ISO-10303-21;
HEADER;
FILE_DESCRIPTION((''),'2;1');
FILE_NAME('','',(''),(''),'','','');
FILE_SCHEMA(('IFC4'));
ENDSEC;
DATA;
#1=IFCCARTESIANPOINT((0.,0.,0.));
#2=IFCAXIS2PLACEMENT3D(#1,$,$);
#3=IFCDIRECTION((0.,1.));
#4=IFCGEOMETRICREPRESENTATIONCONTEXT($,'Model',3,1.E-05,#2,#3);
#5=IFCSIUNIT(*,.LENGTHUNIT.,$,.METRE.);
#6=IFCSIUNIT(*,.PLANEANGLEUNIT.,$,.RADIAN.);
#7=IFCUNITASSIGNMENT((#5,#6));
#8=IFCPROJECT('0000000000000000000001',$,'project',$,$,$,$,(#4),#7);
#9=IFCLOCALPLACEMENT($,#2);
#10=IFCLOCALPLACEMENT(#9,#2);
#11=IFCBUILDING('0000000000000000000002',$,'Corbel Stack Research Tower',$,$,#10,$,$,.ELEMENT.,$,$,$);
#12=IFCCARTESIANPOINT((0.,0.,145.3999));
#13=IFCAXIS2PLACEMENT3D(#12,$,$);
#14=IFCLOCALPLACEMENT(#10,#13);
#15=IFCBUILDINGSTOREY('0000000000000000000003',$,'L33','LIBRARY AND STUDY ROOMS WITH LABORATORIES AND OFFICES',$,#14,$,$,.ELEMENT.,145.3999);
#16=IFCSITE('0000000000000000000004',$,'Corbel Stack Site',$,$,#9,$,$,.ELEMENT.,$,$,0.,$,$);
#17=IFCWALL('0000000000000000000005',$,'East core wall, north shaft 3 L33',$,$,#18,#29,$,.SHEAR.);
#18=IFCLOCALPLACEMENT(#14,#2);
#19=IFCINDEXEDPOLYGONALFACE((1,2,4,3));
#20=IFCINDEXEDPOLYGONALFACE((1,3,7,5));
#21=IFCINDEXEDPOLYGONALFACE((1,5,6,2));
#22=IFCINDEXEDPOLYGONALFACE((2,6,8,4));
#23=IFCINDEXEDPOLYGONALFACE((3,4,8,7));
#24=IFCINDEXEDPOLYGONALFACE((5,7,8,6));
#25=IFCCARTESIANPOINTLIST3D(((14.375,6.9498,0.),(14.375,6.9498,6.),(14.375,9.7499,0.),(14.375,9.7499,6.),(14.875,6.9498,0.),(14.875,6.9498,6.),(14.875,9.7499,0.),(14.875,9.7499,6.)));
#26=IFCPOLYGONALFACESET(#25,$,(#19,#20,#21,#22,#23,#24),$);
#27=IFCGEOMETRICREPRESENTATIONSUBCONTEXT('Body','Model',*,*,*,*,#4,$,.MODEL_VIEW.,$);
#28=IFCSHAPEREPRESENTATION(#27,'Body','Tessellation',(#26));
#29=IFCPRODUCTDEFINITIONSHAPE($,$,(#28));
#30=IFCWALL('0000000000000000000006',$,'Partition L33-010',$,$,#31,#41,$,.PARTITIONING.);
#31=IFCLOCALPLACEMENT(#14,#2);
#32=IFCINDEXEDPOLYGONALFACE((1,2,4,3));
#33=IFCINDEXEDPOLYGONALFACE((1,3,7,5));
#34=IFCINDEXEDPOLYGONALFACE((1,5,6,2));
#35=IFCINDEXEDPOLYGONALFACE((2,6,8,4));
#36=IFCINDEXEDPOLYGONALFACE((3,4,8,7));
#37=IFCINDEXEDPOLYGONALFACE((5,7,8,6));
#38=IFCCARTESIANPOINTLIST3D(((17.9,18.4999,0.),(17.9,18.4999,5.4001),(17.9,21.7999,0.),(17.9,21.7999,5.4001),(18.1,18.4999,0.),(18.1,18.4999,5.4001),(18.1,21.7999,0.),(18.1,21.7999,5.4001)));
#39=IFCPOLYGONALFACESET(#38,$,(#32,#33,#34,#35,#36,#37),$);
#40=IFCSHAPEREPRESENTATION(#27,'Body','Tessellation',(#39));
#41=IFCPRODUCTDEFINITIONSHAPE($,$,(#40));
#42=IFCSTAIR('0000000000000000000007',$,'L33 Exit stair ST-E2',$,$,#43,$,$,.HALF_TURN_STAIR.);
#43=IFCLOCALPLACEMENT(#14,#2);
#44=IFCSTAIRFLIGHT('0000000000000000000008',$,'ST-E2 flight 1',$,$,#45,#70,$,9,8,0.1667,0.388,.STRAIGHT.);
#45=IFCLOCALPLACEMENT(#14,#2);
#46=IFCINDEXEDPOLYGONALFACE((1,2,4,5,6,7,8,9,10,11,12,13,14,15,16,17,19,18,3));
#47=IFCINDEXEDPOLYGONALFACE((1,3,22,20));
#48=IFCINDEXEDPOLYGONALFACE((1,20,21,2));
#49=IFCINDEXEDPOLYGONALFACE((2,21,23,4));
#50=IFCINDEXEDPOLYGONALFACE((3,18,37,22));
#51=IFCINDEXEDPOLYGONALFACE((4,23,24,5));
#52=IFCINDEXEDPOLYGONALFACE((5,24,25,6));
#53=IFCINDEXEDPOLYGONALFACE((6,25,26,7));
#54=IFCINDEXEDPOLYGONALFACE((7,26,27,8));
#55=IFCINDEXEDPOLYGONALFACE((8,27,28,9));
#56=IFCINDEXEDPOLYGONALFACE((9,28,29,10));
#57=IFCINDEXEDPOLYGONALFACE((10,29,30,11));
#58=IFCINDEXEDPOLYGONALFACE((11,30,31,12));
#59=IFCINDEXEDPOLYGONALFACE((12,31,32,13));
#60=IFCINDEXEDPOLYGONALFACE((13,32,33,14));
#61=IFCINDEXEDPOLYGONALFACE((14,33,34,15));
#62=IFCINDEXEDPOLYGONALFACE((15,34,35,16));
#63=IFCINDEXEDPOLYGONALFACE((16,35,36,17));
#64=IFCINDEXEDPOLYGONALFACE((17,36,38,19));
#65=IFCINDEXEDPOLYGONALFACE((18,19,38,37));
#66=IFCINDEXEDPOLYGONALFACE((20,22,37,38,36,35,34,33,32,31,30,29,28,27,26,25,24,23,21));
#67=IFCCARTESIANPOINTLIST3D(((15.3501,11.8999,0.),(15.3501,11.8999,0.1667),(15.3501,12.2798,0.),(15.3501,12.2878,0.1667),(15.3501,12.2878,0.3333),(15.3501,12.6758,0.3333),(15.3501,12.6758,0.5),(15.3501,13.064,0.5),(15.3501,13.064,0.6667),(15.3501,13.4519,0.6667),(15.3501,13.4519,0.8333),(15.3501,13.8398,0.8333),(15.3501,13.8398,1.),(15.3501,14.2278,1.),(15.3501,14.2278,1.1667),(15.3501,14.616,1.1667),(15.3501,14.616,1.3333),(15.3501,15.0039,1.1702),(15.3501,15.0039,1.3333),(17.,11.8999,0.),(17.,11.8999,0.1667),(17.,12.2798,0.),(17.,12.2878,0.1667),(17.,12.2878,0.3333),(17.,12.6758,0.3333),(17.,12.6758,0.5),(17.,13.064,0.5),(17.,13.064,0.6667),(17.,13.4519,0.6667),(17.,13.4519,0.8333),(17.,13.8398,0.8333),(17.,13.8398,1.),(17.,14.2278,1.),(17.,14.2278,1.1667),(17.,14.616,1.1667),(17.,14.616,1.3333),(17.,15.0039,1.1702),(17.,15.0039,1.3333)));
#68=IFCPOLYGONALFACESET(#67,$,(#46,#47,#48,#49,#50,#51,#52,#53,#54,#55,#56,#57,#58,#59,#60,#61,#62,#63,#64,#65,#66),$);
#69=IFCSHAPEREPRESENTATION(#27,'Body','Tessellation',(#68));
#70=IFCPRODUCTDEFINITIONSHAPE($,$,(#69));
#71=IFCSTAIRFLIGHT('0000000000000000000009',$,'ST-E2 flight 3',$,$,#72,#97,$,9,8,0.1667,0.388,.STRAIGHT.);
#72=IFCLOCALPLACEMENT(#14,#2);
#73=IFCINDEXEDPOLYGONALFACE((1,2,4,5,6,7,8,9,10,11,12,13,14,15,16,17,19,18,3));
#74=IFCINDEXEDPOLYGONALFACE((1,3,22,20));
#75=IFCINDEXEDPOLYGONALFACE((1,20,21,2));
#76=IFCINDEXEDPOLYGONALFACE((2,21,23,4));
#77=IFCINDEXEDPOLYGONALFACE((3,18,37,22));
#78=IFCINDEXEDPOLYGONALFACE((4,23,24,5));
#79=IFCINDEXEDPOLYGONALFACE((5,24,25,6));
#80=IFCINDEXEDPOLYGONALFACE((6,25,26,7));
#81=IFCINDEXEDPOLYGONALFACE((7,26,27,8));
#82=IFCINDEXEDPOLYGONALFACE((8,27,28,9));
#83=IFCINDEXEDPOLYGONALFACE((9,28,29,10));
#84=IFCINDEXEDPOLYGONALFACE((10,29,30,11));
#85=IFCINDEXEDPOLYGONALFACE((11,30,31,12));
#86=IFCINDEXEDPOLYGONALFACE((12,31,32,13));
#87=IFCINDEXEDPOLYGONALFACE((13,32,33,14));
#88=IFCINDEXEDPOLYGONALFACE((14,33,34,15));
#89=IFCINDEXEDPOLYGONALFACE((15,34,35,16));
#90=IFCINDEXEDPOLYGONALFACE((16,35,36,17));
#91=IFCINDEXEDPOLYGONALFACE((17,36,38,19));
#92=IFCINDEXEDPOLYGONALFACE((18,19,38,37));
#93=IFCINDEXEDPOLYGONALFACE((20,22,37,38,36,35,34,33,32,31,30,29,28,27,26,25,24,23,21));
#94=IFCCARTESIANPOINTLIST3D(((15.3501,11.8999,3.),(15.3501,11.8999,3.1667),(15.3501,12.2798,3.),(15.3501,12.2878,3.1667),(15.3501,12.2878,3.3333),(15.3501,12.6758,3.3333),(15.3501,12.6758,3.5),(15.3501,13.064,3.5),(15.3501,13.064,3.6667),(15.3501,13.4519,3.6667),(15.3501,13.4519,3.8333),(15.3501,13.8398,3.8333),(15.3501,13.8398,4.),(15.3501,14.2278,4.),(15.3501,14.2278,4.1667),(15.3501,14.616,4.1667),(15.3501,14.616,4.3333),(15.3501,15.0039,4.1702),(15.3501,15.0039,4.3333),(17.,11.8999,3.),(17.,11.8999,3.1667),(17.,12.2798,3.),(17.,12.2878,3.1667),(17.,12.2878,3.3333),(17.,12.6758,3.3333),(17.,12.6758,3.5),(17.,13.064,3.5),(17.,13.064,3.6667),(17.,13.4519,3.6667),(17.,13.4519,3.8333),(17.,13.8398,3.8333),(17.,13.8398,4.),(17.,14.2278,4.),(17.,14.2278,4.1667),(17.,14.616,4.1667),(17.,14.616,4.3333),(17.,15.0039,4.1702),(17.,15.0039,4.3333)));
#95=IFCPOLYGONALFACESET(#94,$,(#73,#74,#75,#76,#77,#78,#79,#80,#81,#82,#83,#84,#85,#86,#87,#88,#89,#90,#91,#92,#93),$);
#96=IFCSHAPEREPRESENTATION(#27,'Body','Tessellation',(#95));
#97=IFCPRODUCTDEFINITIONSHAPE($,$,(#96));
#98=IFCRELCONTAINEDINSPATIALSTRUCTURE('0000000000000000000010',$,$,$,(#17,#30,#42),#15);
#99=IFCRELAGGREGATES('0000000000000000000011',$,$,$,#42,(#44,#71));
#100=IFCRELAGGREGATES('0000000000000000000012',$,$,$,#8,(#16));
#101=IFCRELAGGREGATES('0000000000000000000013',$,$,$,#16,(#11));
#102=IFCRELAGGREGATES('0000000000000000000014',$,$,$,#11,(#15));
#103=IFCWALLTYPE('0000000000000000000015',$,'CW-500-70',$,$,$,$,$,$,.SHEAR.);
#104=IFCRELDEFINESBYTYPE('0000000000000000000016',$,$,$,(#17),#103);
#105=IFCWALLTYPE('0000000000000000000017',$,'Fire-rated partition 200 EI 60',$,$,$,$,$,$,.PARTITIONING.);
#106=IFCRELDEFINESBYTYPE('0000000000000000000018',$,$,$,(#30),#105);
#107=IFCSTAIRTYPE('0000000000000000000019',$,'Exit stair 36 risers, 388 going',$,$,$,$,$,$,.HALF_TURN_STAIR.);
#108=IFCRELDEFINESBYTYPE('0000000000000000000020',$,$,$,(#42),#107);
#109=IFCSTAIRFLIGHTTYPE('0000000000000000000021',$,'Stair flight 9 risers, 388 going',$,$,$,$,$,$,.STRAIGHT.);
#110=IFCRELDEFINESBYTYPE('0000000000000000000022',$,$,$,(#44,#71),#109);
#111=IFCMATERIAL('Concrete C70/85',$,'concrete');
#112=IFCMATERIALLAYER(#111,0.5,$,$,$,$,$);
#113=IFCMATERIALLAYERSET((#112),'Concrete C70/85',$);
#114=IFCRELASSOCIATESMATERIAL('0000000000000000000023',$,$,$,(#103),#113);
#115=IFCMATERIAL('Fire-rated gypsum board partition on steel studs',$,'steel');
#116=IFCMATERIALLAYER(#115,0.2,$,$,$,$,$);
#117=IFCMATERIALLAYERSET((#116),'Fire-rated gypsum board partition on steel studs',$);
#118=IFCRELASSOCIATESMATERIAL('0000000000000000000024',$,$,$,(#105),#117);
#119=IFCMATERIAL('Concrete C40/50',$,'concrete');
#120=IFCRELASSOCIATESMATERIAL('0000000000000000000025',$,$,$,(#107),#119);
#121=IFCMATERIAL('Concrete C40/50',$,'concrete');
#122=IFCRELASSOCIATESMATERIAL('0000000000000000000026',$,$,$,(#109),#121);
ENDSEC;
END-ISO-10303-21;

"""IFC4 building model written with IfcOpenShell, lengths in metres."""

from ifc_helpers import new_model, si_unit, direction, frame, frame_2d, origin, place, context, subcontext, project, spatial, polyline, rectangle, outline, extrude, material, layer, layer_set, type_object, element, aggregate, save


model = new_model("IFC4")

# Units and contexts
model_context = context("Model", 3, precision=1e-05, world=origin(), true_north=direction((0.0, 1.0)))
body_context = subcontext(model_context, "Body", "Model", "MODEL_VIEW")
ifc_project = project(units=[si_unit("LENGTHUNIT", "METRE"), si_unit("PLANEANGLEUNIT", "RADIAN")], contexts=[model_context])

# Site, building, storey
site_placement = place(None, origin())
site = spatial("IfcSite", under=ifc_project, at=site_placement, Name="Corbel Stack Site", CompositionType="ELEMENT", RefElevation=0.0)
building_placement = place(site_placement, origin())
building = spatial("IfcBuilding", under=site, at=building_placement, Name="Corbel Stack Research Tower", CompositionType="ELEMENT")
storey_placement = place(building_placement, frame((0.0, 0.0, 145.3999)))
storey = spatial("IfcBuildingStorey", under=building, at=storey_placement, Name="L33", Description="LIBRARY AND STUDY ROOMS WITH LABORATORIES AND OFFICES", CompositionType="ELEMENT", Elevation=145.3999)

# Walls
ifc_material_1 = material(Name="Concrete C70/85", Category="concrete")
ifc_layer_1 = layer(ifc_material_1, 0.5)
ifc_layer_set_1 = layer_set([ifc_layer_1], Name="Concrete C70/85")
wall_type_1 = type_object("IfcWallType", Name="CW-500-70", PredefinedType="SHEAR", material=ifc_layer_set_1)
wall_1_placement = place(storey_placement, frame((14.625, 6.95, 0.0), z_axis=(0.0, 0.0, 1.0), x_axis=(0.0, 1.0, 0.0)))
element("IfcWall", 1, at=wall_1_placement, inside=storey, type_object=wall_type_1, Name="East core wall, north shaft 3 L33", PredefinedType="SHEAR", context=body_context, shape_type="SweptSolid", body=[
    extrude(rectangle(XDim=2.8, YDim=0.5, at=frame_2d((1.3999, 0.0))), origin(), (0.0, 0.0, 1.0), 6.0),
])
ifc_material_2 = material(Name="Fire-rated gypsum board partition on steel studs", Category="steel")
ifc_layer_2 = layer(ifc_material_2, 0.2)
ifc_layer_set_2 = layer_set([ifc_layer_2], Name="Fire-rated gypsum board partition on steel studs")
wall_type_2 = type_object("IfcWallType", Name="Fire-rated partition 200 EI 60", PredefinedType="PARTITIONING", material=ifc_layer_set_2)
wall_2_placement = place(storey_placement, frame((18.0, 18.5, 0.0), z_axis=(0.0, 0.0, 1.0), x_axis=(0.0, 1.0, 0.0)))
element("IfcWall", 2, at=wall_2_placement, inside=storey, type_object=wall_type_2, Name="Partition L33-010", PredefinedType="PARTITIONING", context=body_context, shape_type="SweptSolid", body=[
    extrude(rectangle(XDim=3.3, YDim=0.2, at=frame_2d((1.6499, 0.0))), origin(), (0.0, 0.0, 1.0), 5.4001),
])

# Stair, stair flights
ifc_material_3 = material(Name="Concrete C40/50", Category="concrete")
stair_type = type_object("IfcStairType", Name="Exit stair 36 risers, 388 going", PredefinedType="HALF_TURN_STAIR", material=ifc_material_3)
stair_placement = place(storey_placement, origin())
stair = element("IfcStair", 3, at=stair_placement, inside=storey, type_object=stair_type, Name="L33 Exit stair ST-E2", PredefinedType="HALF_TURN_STAIR")
ifc_material_4 = material(Name="Concrete C40/50", Category="concrete")
stair_flight_type = type_object("IfcStairFlightType", Name="Stair flight 9 risers, 388 going", PredefinedType="STRAIGHT", material=ifc_material_4)
stair_flight_1_placement = place(storey_placement, frame((16.175, 11.8999, 0.0), z_axis=(0.0, 0.0, 1.0), x_axis=(0.0, 1.0, 0.0)))
stair_flight_1 = element("IfcStairFlight", 4, at=stair_flight_1_placement, type_object=stair_flight_type, Name="ST-E2 flight 1", NumberOfRisers=9, NumberOfTreads=8, PredefinedType="STRAIGHT", RiserHeight=0.1667, TreadLength=0.388, context=body_context, shape_type="SweptSolid", body=[
    extrude(outline(polyline([(0.0, 0.0), (0.0, 0.1667), (0.3879, 0.1667), (0.3879, 0.3333), (0.7759, 0.3333), (0.7759, 0.5), (1.1641, 0.5), (1.1641, 0.6667), (1.552, 0.6667), (1.552, 0.8333), (1.9399, 0.8333), (1.9399, 1.0), (2.3279, 1.0), (2.3279, 1.1667), (2.7161, 1.1667), (2.7161, 1.3333), (3.104, 1.3333), (3.104, 1.5), (3.104, 1.1702), (0.3799, 0.0), (0.0, 0.0)])), frame((0.0, 0.825, 0.0), z_axis=(0.0, -1.0, 0.0), x_axis=(1.0, 0.0, 0.0)), (0.0, 0.0, 1.0), 1.6499),
])
stair_flight_2_placement = place(storey_placement, frame((16.175, 11.8999, 3.0), z_axis=(0.0, 0.0, 1.0), x_axis=(0.0, 1.0, 0.0)))
stair_flight_2 = element("IfcStairFlight", 5, at=stair_flight_2_placement, type_object=stair_flight_type, Name="ST-E2 flight 3", NumberOfRisers=9, NumberOfTreads=8, PredefinedType="STRAIGHT", RiserHeight=0.1667, TreadLength=0.388, context=body_context, shape_type="SweptSolid", body=[
    extrude(outline(polyline([(0.0, 0.0), (0.0, 0.1667), (0.3879, 0.1667), (0.3879, 0.3333), (0.7759, 0.3333), (0.7759, 0.5), (1.1641, 0.5), (1.1641, 0.6667), (1.552, 0.6667), (1.552, 0.8333), (1.9399, 0.8333), (1.9399, 1.0), (2.3279, 1.0), (2.3279, 1.1667), (2.7161, 1.1667), (2.7161, 1.3333), (3.104, 1.3333), (3.104, 1.5), (3.104, 1.1702), (0.3799, 0.0), (0.0, 0.0)])), frame((0.0, 0.825, 0.0), z_axis=(0.0, -1.0, 0.0), x_axis=(1.0, 0.0, 0.0)), (0.0, 0.0, 1.0), 1.6499),
])
aggregate(stair, [stair_flight_1, stair_flight_2])

save(model, "model.ifc")
